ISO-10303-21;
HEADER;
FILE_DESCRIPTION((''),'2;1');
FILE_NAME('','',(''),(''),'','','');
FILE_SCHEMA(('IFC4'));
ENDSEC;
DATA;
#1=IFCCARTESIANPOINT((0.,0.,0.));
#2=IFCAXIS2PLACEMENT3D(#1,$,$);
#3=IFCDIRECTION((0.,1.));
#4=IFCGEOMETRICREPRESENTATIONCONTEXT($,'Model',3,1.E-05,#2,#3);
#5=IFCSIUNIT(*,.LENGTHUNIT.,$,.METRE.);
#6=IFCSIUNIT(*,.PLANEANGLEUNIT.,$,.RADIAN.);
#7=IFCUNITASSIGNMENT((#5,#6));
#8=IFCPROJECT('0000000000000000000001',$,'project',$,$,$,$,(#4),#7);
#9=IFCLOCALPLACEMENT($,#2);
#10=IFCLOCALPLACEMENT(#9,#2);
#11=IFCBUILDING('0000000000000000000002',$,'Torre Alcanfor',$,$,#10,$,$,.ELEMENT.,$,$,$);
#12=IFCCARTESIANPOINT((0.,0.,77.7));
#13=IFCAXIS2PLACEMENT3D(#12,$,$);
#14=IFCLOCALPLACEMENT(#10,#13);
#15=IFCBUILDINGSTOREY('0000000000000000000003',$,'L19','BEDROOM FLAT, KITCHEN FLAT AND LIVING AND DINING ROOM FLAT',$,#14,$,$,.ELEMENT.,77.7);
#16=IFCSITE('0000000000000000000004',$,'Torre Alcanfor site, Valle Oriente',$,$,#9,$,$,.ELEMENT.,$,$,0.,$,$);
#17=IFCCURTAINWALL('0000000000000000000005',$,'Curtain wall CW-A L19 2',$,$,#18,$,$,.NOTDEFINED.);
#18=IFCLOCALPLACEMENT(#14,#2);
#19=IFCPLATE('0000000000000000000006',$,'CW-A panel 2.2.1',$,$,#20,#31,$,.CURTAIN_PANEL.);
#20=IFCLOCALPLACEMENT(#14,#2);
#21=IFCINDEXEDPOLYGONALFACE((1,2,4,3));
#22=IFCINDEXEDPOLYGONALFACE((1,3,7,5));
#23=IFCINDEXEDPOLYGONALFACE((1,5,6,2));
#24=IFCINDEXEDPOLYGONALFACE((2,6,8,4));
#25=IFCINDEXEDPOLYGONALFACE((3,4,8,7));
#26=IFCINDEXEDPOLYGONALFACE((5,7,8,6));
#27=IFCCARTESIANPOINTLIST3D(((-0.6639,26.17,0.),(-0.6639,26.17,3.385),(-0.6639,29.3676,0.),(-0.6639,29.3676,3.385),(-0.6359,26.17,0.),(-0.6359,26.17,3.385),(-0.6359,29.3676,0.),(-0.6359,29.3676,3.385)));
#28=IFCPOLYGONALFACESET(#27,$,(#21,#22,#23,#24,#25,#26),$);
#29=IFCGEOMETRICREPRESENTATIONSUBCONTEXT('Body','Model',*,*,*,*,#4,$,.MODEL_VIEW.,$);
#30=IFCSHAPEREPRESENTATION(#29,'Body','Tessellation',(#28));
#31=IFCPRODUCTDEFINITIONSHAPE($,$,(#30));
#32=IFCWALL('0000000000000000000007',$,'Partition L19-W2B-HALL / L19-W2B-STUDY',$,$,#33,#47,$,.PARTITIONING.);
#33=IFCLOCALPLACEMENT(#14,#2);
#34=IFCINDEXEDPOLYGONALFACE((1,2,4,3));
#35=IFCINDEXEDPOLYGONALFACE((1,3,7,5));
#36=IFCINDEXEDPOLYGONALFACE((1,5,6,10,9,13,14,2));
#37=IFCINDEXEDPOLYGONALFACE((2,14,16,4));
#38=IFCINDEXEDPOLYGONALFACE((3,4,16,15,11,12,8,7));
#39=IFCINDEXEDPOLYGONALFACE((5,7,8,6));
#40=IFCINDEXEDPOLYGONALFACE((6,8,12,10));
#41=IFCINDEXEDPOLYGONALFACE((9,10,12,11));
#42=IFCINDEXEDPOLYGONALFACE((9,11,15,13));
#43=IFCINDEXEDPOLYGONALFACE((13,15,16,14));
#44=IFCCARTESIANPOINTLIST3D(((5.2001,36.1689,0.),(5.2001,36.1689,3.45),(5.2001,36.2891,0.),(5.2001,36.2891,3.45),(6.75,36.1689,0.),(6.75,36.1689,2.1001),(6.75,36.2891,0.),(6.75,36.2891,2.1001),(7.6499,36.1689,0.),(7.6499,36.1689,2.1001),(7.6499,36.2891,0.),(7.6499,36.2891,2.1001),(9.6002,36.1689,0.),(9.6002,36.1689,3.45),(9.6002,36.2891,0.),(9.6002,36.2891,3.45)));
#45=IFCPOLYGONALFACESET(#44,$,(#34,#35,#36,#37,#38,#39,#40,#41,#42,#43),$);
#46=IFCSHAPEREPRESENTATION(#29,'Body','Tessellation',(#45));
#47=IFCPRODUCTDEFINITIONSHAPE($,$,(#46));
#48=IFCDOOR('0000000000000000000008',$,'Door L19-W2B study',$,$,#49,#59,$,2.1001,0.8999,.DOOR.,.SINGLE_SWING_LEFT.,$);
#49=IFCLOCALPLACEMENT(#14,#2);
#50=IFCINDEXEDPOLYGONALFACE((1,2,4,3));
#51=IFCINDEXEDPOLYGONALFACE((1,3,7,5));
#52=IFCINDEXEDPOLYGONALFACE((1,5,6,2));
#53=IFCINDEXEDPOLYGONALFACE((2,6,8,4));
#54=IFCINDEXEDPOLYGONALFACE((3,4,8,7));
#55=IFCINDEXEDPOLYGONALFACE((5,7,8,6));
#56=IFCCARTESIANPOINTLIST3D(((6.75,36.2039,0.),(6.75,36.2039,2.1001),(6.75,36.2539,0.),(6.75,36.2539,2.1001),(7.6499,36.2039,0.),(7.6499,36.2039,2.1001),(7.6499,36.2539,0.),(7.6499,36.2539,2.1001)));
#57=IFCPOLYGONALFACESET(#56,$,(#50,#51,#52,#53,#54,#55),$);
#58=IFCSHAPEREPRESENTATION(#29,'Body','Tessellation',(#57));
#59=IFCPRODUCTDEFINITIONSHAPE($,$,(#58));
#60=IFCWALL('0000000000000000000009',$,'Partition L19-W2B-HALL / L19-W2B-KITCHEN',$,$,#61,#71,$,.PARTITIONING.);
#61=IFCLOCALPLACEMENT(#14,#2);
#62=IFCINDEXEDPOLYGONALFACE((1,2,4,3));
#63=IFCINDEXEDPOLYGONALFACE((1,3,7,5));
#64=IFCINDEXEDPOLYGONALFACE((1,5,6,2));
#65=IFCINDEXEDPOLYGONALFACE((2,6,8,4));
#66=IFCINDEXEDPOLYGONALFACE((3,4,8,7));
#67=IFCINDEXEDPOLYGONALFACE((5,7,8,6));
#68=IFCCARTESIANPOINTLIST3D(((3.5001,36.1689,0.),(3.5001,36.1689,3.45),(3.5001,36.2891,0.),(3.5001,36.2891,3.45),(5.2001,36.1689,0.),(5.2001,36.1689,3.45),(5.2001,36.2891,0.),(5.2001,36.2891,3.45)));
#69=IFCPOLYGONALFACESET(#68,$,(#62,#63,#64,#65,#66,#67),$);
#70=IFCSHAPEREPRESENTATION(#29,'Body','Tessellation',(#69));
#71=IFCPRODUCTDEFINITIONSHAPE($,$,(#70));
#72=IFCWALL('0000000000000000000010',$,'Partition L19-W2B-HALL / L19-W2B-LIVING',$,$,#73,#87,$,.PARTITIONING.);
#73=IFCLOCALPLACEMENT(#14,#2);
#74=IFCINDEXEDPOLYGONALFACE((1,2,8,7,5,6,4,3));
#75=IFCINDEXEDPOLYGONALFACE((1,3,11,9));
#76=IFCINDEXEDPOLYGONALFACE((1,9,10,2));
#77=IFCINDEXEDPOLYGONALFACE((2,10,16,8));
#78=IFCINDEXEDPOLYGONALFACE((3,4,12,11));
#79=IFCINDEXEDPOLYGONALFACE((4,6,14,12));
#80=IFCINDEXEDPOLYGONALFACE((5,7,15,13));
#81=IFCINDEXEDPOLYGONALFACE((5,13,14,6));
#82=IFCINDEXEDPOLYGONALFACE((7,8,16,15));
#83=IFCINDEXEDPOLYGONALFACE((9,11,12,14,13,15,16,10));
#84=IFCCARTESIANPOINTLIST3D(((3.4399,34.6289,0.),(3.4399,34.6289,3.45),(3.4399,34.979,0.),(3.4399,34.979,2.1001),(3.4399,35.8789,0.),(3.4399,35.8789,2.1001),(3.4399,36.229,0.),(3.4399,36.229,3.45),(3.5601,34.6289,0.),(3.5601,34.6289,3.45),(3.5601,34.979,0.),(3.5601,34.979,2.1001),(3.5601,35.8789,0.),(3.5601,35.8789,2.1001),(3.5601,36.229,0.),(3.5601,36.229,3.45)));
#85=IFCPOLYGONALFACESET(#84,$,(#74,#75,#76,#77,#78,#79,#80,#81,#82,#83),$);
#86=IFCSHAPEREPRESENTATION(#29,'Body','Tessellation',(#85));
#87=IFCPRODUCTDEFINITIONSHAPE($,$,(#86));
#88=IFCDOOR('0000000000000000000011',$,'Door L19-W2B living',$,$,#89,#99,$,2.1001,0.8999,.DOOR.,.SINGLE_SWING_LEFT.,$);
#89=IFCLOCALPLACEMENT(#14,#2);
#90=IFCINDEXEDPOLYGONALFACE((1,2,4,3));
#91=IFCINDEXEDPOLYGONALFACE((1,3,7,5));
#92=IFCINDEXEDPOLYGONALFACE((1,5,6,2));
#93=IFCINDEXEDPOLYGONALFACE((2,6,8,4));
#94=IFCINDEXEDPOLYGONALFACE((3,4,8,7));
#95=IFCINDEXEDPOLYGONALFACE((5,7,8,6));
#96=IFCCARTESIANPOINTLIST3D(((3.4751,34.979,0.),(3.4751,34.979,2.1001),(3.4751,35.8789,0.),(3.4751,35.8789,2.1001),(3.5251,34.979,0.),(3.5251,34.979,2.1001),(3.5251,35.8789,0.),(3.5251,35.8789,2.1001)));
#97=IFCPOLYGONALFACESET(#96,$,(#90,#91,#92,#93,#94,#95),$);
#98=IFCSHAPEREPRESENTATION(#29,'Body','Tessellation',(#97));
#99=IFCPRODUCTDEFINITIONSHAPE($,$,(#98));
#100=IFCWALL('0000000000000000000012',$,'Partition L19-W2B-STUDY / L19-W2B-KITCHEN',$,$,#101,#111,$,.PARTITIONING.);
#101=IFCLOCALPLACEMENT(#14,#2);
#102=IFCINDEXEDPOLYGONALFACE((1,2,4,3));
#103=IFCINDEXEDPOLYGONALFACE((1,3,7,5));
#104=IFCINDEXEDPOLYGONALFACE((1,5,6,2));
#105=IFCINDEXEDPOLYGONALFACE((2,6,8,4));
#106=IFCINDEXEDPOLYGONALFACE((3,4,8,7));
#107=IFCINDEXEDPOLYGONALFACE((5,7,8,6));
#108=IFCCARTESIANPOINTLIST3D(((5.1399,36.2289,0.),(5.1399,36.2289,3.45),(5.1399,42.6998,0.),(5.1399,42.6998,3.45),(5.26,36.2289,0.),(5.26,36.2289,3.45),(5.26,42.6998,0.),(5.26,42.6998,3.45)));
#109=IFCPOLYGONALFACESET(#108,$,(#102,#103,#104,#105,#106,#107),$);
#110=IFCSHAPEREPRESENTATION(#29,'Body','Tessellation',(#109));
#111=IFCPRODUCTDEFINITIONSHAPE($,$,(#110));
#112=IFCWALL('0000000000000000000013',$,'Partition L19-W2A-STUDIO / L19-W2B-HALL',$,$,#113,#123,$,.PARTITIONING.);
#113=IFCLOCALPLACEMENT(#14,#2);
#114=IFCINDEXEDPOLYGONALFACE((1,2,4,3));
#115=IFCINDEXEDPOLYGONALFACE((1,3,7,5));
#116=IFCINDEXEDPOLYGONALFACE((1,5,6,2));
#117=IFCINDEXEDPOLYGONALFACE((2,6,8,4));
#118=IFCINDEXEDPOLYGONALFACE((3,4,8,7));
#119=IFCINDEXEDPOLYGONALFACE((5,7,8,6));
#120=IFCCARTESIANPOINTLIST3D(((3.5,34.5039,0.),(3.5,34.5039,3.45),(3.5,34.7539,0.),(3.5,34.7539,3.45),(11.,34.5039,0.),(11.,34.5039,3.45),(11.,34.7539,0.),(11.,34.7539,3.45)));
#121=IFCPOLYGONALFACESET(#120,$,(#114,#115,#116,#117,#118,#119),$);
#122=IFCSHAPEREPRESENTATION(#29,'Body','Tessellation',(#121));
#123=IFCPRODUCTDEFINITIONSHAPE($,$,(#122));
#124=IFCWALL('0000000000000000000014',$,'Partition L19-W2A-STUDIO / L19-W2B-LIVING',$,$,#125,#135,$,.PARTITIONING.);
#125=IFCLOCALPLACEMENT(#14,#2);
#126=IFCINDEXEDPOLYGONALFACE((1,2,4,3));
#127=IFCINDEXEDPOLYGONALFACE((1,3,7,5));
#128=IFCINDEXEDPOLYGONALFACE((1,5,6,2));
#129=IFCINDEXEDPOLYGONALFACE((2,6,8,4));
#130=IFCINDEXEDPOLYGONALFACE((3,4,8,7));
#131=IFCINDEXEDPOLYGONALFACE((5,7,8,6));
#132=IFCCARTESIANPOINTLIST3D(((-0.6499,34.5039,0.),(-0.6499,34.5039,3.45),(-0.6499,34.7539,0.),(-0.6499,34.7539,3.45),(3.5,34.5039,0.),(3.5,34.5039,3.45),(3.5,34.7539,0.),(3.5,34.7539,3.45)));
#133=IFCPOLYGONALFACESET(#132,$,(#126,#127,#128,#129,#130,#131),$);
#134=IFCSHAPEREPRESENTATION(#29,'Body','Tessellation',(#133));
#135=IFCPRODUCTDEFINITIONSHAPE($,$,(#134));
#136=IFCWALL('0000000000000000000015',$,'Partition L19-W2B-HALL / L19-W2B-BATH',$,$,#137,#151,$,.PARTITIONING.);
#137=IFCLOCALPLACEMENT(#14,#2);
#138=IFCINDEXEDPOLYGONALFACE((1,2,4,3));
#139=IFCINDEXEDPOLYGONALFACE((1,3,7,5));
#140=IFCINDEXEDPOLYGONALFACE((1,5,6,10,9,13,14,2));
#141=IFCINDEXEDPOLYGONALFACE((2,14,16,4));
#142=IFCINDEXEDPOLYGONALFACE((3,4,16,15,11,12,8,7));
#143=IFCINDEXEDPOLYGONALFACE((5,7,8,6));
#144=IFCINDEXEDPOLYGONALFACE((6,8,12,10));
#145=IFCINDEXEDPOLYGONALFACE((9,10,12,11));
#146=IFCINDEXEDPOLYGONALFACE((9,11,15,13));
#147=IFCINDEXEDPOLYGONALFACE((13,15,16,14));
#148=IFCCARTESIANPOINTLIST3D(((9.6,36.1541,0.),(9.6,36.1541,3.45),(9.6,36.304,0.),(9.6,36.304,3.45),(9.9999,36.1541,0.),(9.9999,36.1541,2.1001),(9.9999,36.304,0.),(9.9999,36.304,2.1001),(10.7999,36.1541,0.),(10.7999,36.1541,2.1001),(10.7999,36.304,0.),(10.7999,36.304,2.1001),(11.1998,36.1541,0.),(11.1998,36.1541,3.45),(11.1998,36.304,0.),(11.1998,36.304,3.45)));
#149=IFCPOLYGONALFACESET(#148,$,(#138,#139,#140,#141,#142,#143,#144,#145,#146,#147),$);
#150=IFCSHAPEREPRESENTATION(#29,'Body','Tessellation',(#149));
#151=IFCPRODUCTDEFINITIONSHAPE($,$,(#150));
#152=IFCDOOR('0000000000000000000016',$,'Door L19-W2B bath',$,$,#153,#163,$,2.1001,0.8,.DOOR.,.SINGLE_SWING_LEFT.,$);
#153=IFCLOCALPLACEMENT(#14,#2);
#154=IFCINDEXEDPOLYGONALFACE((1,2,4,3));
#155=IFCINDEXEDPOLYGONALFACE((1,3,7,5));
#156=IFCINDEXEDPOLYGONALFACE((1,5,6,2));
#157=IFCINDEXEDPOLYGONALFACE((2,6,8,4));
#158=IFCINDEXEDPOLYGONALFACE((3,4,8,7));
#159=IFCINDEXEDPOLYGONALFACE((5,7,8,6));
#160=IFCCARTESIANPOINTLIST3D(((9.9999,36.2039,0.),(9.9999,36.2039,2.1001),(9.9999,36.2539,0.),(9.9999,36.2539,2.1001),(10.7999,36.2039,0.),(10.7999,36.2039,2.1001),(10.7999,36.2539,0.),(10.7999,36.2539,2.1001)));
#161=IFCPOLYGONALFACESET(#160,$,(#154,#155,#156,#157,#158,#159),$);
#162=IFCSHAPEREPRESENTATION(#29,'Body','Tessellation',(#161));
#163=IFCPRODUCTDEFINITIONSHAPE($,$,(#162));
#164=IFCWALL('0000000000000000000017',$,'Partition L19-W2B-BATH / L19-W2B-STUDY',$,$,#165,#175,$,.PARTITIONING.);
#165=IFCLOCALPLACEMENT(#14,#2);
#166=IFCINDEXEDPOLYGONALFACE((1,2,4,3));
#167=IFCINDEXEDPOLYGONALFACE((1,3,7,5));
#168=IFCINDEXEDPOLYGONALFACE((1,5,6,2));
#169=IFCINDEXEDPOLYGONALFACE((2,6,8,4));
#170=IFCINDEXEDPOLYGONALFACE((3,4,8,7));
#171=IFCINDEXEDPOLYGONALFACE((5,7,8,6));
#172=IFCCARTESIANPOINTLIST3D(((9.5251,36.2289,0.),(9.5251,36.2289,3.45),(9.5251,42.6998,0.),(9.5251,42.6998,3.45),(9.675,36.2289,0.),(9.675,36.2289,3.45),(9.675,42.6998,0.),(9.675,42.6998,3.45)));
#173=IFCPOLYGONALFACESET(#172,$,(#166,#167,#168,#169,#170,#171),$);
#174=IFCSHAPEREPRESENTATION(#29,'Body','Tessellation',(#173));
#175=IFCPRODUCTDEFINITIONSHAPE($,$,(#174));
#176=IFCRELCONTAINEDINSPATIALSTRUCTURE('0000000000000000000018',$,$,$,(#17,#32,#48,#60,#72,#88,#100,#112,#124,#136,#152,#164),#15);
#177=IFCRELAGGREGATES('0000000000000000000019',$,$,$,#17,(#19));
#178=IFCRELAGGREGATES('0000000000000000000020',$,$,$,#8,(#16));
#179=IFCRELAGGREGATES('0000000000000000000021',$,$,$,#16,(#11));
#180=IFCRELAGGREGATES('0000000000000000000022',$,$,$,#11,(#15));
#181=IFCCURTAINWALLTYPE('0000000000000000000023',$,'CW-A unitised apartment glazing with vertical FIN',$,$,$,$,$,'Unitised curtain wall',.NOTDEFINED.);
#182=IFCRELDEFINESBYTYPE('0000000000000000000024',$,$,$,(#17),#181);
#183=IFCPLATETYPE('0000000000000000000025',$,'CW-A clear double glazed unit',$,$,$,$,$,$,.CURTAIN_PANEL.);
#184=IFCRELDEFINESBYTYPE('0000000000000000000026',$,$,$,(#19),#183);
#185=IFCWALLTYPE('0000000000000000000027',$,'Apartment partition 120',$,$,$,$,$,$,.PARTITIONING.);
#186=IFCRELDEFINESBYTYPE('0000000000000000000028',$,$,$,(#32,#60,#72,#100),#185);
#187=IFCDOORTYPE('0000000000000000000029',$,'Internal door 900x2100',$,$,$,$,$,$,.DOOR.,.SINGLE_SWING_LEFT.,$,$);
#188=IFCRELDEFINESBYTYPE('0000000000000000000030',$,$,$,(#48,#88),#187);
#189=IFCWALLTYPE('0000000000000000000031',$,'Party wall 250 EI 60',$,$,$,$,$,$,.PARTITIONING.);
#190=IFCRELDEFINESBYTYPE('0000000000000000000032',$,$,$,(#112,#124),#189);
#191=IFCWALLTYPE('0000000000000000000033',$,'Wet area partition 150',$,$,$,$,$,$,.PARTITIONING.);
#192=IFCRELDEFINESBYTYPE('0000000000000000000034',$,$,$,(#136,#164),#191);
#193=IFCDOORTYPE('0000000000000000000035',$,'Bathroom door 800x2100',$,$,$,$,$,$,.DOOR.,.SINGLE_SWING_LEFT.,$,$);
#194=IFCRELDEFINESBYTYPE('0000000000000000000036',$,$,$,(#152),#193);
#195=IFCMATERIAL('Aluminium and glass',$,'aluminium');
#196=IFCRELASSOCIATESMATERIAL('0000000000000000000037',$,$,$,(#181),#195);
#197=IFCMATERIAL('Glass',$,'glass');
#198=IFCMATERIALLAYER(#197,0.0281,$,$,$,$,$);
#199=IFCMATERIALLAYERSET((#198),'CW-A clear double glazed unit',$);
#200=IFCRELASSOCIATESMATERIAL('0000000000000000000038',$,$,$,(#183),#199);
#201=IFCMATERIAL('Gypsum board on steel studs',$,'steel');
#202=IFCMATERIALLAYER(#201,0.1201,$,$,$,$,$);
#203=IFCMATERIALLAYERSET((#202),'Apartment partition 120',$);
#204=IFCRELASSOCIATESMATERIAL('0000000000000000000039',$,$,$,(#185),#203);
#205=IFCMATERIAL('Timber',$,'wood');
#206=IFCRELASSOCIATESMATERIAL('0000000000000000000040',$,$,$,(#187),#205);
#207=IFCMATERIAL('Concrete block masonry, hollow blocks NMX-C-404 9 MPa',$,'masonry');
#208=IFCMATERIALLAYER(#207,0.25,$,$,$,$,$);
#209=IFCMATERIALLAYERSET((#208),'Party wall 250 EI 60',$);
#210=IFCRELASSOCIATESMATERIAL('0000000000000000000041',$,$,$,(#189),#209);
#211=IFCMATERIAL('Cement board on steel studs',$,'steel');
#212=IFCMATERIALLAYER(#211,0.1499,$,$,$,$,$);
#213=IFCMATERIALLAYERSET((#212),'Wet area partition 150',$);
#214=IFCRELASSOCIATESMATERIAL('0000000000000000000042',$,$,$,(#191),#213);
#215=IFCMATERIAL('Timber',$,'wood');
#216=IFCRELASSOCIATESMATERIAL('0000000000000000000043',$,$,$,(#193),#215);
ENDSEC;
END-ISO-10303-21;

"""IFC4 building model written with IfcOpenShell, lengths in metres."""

from ifc_helpers import new_model, si_unit, direction, frame, frame_2d, origin, origin_2d, place, context, subcontext, project, spatial, rectangle, extrude, material, layer, layer_set, type_object, element, fill, aggregate, save


model = new_model("IFC4")

# Units and contexts
model_context = context("Model", 3, precision=1e-05, world=origin(), true_north=direction((0.0, 1.0)))
body_context = subcontext(model_context, "Body", "Model", "MODEL_VIEW")
ifc_project = project(units=[si_unit("LENGTHUNIT", "METRE"), si_unit("PLANEANGLEUNIT", "RADIAN")], contexts=[model_context])

# Site, building, storey
site_placement = place(None, origin())
site = spatial("IfcSite", under=ifc_project, at=site_placement, Name="Torre Alcanfor site, Valle Oriente", CompositionType="ELEMENT", RefElevation=0.0)
building_placement = place(site_placement, origin())
building = spatial("IfcBuilding", under=site, at=building_placement, Name="Torre Alcanfor", CompositionType="ELEMENT")
storey_placement = place(building_placement, frame((0.0, 0.0, 77.7)))
storey = spatial("IfcBuildingStorey", under=building, at=storey_placement, Name="L19", Description="BEDROOM FLAT, KITCHEN FLAT AND LIVING AND DINING ROOM FLAT", CompositionType="ELEMENT", Elevation=77.7)

# Curtain wall
ifc_material_1 = material(Name="Aluminium and glass", Category="aluminium")
curtain_wall_type = type_object("IfcCurtainWallType", Name="CW-A unitised apartment glazing with vertical FIN", ElementType="Unitised curtain wall", PredefinedType="NOTDEFINED", material=ifc_material_1)
curtain_wall_placement = place(storey_placement, origin())
curtain_wall = element("IfcCurtainWall", 1, at=curtain_wall_placement, inside=storey, type_object=curtain_wall_type, Name="Curtain wall CW-A L19 2", PredefinedType="NOTDEFINED")

# Plate
ifc_material_2 = material(Name="Glass", Category="glass")
ifc_layer_1 = layer(ifc_material_2, 0.0281)
ifc_layer_set_1 = layer_set([ifc_layer_1], Name="CW-A clear double glazed unit")
plate_type = type_object("IfcPlateType", Name="CW-A clear double glazed unit", PredefinedType="CURTAIN_PANEL", material=ifc_layer_set_1)
plate_1_placement = place(storey_placement, frame((-0.6499, 27.7688, 0.0), z_axis=(0.0, 0.0, 1.0), x_axis=(0.0, -1.0, 0.0)))
plate_1 = element("IfcPlate", 2, at=plate_1_placement, type_object=plate_type, Name="CW-A panel 2.2.1", PredefinedType="CURTAIN_PANEL", context=body_context, shape_type="SweptSolid", body=[
    extrude(rectangle(XDim=3.1975, YDim=0.0281, at=origin_2d()), origin(), (0.0, 0.0, 1.0), 3.385),
])
aggregate(curtain_wall, [plate_1])

# Wall, opening, door
ifc_material_3 = material(Name="Gypsum board on steel studs", Category="steel")
ifc_layer_2 = layer(ifc_material_3, 0.1201)
ifc_layer_set_2 = layer_set([ifc_layer_2], Name="Apartment partition 120")
wall_type_1 = type_object("IfcWallType", Name="Apartment partition 120", PredefinedType="PARTITIONING", material=ifc_layer_set_2)
wall_1_placement = place(storey_placement, frame((5.2, 36.229, 0.0), z_axis=(0.0, 0.0, 1.0), x_axis=(1.0, 0.0, 0.0)))
wall_1 = element("IfcWall", 3, at=wall_1_placement, inside=storey, type_object=wall_type_1, Name="Partition L19-W2B-HALL / L19-W2B-STUDY", PredefinedType="PARTITIONING", context=body_context, shape_type="SweptSolid", body=[
    extrude(rectangle(XDim=4.4001, YDim=0.1201, at=frame_2d((2.2002, 0.0))), origin(), (0.0, 0.0, 1.0), 3.45),
])
opening_1_placement = place(wall_1_placement, frame((1.55, 0.0, 0.0)))
opening_1 = element("IfcOpeningElement", 4, at=opening_1_placement, cuts=wall_1, PredefinedType="OPENING", context=body_context, shape_type="SweptSolid", body=[
    extrude(rectangle(XDim=0.8999, YDim=2.1001, at=frame_2d((0.45, 1.05))), frame((0.0, 0.0701, 0.0), z_axis=(0.0, -1.0, 0.0), x_axis=(1.0, 0.0, 0.0)), (0.0, 0.0, 1.0), 0.1401),
])
ifc_material_4 = material(Name="Timber", Category="wood")
door_type_1 = type_object("IfcDoorType", Name="Internal door 900x2100", OperationType="SINGLE_SWING_LEFT", PredefinedType="DOOR", material=ifc_material_4)
door_1_placement = place(opening_1_placement, origin())
door_1 = element("IfcDoor", 5, at=door_1_placement, inside=storey, type_object=door_type_1, Name="Door L19-W2B study", OperationType="SINGLE_SWING_LEFT", OverallHeight=2.1001, OverallWidth=0.8999, PredefinedType="DOOR", context=body_context, shape_type="SweptSolid", body=[
    extrude(rectangle(XDim=0.8999, YDim=2.1001, at=frame_2d((0.45, 1.05))), frame((0.0, 0.0249, 0.0), z_axis=(0.0, -1.0, 0.0), x_axis=(1.0, 0.0, 0.0)), (0.0, 0.0, 1.0), 0.05),
])
fill(opening_1, door_1)

# Wall
wall_2_placement = place(storey_placement, frame((3.5, 36.229, 0.0), z_axis=(0.0, 0.0, 1.0), x_axis=(1.0, 0.0, 0.0)))
element("IfcWall", 6, at=wall_2_placement, inside=storey, type_object=wall_type_1, Name="Partition L19-W2B-HALL / L19-W2B-KITCHEN", PredefinedType="PARTITIONING", context=body_context, shape_type="SweptSolid", body=[
    extrude(rectangle(XDim=1.7, YDim=0.1201, at=frame_2d((0.8501, 0.0))), origin(), (0.0, 0.0, 1.0), 3.45),
])

# Wall, opening, door
wall_3_placement = place(storey_placement, frame((3.5, 34.6289, 0.0), z_axis=(0.0, 0.0, 1.0), x_axis=(0.0, 1.0, 0.0)))
wall_3 = element("IfcWall", 7, at=wall_3_placement, inside=storey, type_object=wall_type_1, Name="Partition L19-W2B-HALL / L19-W2B-LIVING", PredefinedType="PARTITIONING", context=body_context, shape_type="SweptSolid", body=[
    extrude(rectangle(XDim=1.6001, YDim=0.1201, at=frame_2d((0.8, 0.0))), origin(), (0.0, 0.0, 1.0), 3.45),
])
opening_2_placement = place(wall_3_placement, frame((0.3501, 0.0, 0.0)))
opening_2 = element("IfcOpeningElement", 8, at=opening_2_placement, cuts=wall_3, PredefinedType="OPENING", context=body_context, shape_type="SweptSolid", body=[
    extrude(rectangle(XDim=0.8999, YDim=2.1001, at=frame_2d((0.45, 1.05))), frame((0.0, 0.0701, 0.0), z_axis=(0.0, -1.0, 0.0), x_axis=(1.0, 0.0, 0.0)), (0.0, 0.0, 1.0), 0.1401),
])
door_2_placement = place(opening_2_placement, origin())
door_2 = element("IfcDoor", 9, at=door_2_placement, inside=storey, type_object=door_type_1, Name="Door L19-W2B living", OperationType="SINGLE_SWING_LEFT", OverallHeight=2.1001, OverallWidth=0.8999, PredefinedType="DOOR", context=body_context, shape_type="SweptSolid", body=[
    extrude(rectangle(XDim=0.8999, YDim=2.1001, at=frame_2d((0.45, 1.05))), frame((0.0, 0.0249, 0.0), z_axis=(0.0, -1.0, 0.0), x_axis=(1.0, 0.0, 0.0)), (0.0, 0.0, 1.0), 0.05),
])
fill(opening_2, door_2)

# Walls
wall_4_placement = place(storey_placement, frame((5.2, 36.229, 0.0), z_axis=(0.0, 0.0, 1.0), x_axis=(0.0, 1.0, 0.0)))
element("IfcWall", 10, at=wall_4_placement, inside=storey, type_object=wall_type_1, Name="Partition L19-W2B-STUDY / L19-W2B-KITCHEN", PredefinedType="PARTITIONING", context=body_context, shape_type="SweptSolid", body=[
    extrude(rectangle(XDim=6.4709, YDim=0.1201, at=frame_2d((3.2354, 0.0))), origin(), (0.0, 0.0, 1.0), 3.45),
])
ifc_material_5 = material(Name="Concrete block masonry, hollow blocks NMX-C-404 9 MPa", Category="masonry")
ifc_layer_3 = layer(ifc_material_5, 0.25)
ifc_layer_set_3 = layer_set([ifc_layer_3], Name="Party wall 250 EI 60")
wall_type_2 = type_object("IfcWallType", Name="Party wall 250 EI 60", PredefinedType="PARTITIONING", material=ifc_layer_set_3)
wall_5_placement = place(storey_placement, frame((3.5, 34.6289, 0.0), z_axis=(0.0, 0.0, 1.0), x_axis=(1.0, 0.0, 0.0)))
element("IfcWall", 11, at=wall_5_placement, inside=storey, type_object=wall_type_2, Name="Partition L19-W2A-STUDIO / L19-W2B-HALL", PredefinedType="PARTITIONING", context=body_context, shape_type="SweptSolid", body=[
    extrude(rectangle(XDim=7.5, YDim=0.25, at=frame_2d((3.75, 0.0))), origin(), (0.0, 0.0, 1.0), 3.45),
])
wall_6_placement = place(storey_placement, frame((-0.6499, 34.6289, 0.0), z_axis=(0.0, 0.0, 1.0), x_axis=(1.0, 0.0, 0.0)))
element("IfcWall", 12, at=wall_6_placement, inside=storey, type_object=wall_type_2, Name="Partition L19-W2A-STUDIO / L19-W2B-LIVING", PredefinedType="PARTITIONING", context=body_context, shape_type="SweptSolid", body=[
    extrude(rectangle(XDim=4.1499, YDim=0.25, at=frame_2d((2.075, 0.0))), origin(), (0.0, 0.0, 1.0), 3.45),
])

# Wall, opening, door
ifc_material_6 = material(Name="Cement board on steel studs", Category="steel")
ifc_layer_4 = layer(ifc_material_6, 0.1499)
ifc_layer_set_4 = layer_set([ifc_layer_4], Name="Wet area partition 150")
wall_type_3 = type_object("IfcWallType", Name="Wet area partition 150", PredefinedType="PARTITIONING", material=ifc_layer_set_4)
wall_7_placement = place(storey_placement, frame((9.6001, 36.229, 0.0), z_axis=(0.0, 0.0, 1.0), x_axis=(1.0, 0.0, 0.0)))
wall_7 = element("IfcWall", 13, at=wall_7_placement, inside=storey, type_object=wall_type_3, Name="Partition L19-W2B-HALL / L19-W2B-BATH", PredefinedType="PARTITIONING", context=body_context, shape_type="SweptSolid", body=[
    extrude(rectangle(XDim=1.5999, YDim=0.1499, at=frame_2d((0.7998, 0.0))), origin(), (0.0, 0.0, 1.0), 3.45),
])
opening_3_placement = place(wall_7_placement, frame((0.3999, 0.0, 0.0)))
opening_3 = element("IfcOpeningElement", 14, at=opening_3_placement, cuts=wall_7, PredefinedType="OPENING", context=body_context, shape_type="SweptSolid", body=[
    extrude(rectangle(XDim=0.8, YDim=2.1001, at=frame_2d((0.3999, 1.05))), frame((0.0, 0.085, 0.0), z_axis=(0.0, -1.0, 0.0), x_axis=(1.0, 0.0, 0.0)), (0.0, 0.0, 1.0), 0.1699),
])
ifc_material_7 = material(Name="Timber", Category="wood")
door_type_2 = type_object("IfcDoorType", Name="Bathroom door 800x2100", OperationType="SINGLE_SWING_LEFT", PredefinedType="DOOR", material=ifc_material_7)
door_3_placement = place(opening_3_placement, origin())
door_3 = element("IfcDoor", 15, at=door_3_placement, inside=storey, type_object=door_type_2, Name="Door L19-W2B bath", OperationType="SINGLE_SWING_LEFT", OverallHeight=2.1001, OverallWidth=0.8, PredefinedType="DOOR", context=body_context, shape_type="SweptSolid", body=[
    extrude(rectangle(XDim=0.8, YDim=2.1001, at=frame_2d((0.3999, 1.05))), frame((0.0, 0.0249, 0.0), z_axis=(0.0, -1.0, 0.0), x_axis=(1.0, 0.0, 0.0)), (0.0, 0.0, 1.0), 0.05),
])
fill(opening_3, door_3)

# Wall
wall_8_placement = place(storey_placement, frame((9.6001, 36.229, 0.0), z_axis=(0.0, 0.0, 1.0), x_axis=(0.0, 1.0, 0.0)))
element("IfcWall", 16, at=wall_8_placement, inside=storey, type_object=wall_type_3, Name="Partition L19-W2B-BATH / L19-W2B-STUDY", PredefinedType="PARTITIONING", context=body_context, shape_type="SweptSolid", body=[
    extrude(rectangle(XDim=6.4709, YDim=0.1499, at=frame_2d((3.2354, 0.0))), origin(), (0.0, 0.0, 1.0), 3.45),
])

save(model, "model.ifc")
